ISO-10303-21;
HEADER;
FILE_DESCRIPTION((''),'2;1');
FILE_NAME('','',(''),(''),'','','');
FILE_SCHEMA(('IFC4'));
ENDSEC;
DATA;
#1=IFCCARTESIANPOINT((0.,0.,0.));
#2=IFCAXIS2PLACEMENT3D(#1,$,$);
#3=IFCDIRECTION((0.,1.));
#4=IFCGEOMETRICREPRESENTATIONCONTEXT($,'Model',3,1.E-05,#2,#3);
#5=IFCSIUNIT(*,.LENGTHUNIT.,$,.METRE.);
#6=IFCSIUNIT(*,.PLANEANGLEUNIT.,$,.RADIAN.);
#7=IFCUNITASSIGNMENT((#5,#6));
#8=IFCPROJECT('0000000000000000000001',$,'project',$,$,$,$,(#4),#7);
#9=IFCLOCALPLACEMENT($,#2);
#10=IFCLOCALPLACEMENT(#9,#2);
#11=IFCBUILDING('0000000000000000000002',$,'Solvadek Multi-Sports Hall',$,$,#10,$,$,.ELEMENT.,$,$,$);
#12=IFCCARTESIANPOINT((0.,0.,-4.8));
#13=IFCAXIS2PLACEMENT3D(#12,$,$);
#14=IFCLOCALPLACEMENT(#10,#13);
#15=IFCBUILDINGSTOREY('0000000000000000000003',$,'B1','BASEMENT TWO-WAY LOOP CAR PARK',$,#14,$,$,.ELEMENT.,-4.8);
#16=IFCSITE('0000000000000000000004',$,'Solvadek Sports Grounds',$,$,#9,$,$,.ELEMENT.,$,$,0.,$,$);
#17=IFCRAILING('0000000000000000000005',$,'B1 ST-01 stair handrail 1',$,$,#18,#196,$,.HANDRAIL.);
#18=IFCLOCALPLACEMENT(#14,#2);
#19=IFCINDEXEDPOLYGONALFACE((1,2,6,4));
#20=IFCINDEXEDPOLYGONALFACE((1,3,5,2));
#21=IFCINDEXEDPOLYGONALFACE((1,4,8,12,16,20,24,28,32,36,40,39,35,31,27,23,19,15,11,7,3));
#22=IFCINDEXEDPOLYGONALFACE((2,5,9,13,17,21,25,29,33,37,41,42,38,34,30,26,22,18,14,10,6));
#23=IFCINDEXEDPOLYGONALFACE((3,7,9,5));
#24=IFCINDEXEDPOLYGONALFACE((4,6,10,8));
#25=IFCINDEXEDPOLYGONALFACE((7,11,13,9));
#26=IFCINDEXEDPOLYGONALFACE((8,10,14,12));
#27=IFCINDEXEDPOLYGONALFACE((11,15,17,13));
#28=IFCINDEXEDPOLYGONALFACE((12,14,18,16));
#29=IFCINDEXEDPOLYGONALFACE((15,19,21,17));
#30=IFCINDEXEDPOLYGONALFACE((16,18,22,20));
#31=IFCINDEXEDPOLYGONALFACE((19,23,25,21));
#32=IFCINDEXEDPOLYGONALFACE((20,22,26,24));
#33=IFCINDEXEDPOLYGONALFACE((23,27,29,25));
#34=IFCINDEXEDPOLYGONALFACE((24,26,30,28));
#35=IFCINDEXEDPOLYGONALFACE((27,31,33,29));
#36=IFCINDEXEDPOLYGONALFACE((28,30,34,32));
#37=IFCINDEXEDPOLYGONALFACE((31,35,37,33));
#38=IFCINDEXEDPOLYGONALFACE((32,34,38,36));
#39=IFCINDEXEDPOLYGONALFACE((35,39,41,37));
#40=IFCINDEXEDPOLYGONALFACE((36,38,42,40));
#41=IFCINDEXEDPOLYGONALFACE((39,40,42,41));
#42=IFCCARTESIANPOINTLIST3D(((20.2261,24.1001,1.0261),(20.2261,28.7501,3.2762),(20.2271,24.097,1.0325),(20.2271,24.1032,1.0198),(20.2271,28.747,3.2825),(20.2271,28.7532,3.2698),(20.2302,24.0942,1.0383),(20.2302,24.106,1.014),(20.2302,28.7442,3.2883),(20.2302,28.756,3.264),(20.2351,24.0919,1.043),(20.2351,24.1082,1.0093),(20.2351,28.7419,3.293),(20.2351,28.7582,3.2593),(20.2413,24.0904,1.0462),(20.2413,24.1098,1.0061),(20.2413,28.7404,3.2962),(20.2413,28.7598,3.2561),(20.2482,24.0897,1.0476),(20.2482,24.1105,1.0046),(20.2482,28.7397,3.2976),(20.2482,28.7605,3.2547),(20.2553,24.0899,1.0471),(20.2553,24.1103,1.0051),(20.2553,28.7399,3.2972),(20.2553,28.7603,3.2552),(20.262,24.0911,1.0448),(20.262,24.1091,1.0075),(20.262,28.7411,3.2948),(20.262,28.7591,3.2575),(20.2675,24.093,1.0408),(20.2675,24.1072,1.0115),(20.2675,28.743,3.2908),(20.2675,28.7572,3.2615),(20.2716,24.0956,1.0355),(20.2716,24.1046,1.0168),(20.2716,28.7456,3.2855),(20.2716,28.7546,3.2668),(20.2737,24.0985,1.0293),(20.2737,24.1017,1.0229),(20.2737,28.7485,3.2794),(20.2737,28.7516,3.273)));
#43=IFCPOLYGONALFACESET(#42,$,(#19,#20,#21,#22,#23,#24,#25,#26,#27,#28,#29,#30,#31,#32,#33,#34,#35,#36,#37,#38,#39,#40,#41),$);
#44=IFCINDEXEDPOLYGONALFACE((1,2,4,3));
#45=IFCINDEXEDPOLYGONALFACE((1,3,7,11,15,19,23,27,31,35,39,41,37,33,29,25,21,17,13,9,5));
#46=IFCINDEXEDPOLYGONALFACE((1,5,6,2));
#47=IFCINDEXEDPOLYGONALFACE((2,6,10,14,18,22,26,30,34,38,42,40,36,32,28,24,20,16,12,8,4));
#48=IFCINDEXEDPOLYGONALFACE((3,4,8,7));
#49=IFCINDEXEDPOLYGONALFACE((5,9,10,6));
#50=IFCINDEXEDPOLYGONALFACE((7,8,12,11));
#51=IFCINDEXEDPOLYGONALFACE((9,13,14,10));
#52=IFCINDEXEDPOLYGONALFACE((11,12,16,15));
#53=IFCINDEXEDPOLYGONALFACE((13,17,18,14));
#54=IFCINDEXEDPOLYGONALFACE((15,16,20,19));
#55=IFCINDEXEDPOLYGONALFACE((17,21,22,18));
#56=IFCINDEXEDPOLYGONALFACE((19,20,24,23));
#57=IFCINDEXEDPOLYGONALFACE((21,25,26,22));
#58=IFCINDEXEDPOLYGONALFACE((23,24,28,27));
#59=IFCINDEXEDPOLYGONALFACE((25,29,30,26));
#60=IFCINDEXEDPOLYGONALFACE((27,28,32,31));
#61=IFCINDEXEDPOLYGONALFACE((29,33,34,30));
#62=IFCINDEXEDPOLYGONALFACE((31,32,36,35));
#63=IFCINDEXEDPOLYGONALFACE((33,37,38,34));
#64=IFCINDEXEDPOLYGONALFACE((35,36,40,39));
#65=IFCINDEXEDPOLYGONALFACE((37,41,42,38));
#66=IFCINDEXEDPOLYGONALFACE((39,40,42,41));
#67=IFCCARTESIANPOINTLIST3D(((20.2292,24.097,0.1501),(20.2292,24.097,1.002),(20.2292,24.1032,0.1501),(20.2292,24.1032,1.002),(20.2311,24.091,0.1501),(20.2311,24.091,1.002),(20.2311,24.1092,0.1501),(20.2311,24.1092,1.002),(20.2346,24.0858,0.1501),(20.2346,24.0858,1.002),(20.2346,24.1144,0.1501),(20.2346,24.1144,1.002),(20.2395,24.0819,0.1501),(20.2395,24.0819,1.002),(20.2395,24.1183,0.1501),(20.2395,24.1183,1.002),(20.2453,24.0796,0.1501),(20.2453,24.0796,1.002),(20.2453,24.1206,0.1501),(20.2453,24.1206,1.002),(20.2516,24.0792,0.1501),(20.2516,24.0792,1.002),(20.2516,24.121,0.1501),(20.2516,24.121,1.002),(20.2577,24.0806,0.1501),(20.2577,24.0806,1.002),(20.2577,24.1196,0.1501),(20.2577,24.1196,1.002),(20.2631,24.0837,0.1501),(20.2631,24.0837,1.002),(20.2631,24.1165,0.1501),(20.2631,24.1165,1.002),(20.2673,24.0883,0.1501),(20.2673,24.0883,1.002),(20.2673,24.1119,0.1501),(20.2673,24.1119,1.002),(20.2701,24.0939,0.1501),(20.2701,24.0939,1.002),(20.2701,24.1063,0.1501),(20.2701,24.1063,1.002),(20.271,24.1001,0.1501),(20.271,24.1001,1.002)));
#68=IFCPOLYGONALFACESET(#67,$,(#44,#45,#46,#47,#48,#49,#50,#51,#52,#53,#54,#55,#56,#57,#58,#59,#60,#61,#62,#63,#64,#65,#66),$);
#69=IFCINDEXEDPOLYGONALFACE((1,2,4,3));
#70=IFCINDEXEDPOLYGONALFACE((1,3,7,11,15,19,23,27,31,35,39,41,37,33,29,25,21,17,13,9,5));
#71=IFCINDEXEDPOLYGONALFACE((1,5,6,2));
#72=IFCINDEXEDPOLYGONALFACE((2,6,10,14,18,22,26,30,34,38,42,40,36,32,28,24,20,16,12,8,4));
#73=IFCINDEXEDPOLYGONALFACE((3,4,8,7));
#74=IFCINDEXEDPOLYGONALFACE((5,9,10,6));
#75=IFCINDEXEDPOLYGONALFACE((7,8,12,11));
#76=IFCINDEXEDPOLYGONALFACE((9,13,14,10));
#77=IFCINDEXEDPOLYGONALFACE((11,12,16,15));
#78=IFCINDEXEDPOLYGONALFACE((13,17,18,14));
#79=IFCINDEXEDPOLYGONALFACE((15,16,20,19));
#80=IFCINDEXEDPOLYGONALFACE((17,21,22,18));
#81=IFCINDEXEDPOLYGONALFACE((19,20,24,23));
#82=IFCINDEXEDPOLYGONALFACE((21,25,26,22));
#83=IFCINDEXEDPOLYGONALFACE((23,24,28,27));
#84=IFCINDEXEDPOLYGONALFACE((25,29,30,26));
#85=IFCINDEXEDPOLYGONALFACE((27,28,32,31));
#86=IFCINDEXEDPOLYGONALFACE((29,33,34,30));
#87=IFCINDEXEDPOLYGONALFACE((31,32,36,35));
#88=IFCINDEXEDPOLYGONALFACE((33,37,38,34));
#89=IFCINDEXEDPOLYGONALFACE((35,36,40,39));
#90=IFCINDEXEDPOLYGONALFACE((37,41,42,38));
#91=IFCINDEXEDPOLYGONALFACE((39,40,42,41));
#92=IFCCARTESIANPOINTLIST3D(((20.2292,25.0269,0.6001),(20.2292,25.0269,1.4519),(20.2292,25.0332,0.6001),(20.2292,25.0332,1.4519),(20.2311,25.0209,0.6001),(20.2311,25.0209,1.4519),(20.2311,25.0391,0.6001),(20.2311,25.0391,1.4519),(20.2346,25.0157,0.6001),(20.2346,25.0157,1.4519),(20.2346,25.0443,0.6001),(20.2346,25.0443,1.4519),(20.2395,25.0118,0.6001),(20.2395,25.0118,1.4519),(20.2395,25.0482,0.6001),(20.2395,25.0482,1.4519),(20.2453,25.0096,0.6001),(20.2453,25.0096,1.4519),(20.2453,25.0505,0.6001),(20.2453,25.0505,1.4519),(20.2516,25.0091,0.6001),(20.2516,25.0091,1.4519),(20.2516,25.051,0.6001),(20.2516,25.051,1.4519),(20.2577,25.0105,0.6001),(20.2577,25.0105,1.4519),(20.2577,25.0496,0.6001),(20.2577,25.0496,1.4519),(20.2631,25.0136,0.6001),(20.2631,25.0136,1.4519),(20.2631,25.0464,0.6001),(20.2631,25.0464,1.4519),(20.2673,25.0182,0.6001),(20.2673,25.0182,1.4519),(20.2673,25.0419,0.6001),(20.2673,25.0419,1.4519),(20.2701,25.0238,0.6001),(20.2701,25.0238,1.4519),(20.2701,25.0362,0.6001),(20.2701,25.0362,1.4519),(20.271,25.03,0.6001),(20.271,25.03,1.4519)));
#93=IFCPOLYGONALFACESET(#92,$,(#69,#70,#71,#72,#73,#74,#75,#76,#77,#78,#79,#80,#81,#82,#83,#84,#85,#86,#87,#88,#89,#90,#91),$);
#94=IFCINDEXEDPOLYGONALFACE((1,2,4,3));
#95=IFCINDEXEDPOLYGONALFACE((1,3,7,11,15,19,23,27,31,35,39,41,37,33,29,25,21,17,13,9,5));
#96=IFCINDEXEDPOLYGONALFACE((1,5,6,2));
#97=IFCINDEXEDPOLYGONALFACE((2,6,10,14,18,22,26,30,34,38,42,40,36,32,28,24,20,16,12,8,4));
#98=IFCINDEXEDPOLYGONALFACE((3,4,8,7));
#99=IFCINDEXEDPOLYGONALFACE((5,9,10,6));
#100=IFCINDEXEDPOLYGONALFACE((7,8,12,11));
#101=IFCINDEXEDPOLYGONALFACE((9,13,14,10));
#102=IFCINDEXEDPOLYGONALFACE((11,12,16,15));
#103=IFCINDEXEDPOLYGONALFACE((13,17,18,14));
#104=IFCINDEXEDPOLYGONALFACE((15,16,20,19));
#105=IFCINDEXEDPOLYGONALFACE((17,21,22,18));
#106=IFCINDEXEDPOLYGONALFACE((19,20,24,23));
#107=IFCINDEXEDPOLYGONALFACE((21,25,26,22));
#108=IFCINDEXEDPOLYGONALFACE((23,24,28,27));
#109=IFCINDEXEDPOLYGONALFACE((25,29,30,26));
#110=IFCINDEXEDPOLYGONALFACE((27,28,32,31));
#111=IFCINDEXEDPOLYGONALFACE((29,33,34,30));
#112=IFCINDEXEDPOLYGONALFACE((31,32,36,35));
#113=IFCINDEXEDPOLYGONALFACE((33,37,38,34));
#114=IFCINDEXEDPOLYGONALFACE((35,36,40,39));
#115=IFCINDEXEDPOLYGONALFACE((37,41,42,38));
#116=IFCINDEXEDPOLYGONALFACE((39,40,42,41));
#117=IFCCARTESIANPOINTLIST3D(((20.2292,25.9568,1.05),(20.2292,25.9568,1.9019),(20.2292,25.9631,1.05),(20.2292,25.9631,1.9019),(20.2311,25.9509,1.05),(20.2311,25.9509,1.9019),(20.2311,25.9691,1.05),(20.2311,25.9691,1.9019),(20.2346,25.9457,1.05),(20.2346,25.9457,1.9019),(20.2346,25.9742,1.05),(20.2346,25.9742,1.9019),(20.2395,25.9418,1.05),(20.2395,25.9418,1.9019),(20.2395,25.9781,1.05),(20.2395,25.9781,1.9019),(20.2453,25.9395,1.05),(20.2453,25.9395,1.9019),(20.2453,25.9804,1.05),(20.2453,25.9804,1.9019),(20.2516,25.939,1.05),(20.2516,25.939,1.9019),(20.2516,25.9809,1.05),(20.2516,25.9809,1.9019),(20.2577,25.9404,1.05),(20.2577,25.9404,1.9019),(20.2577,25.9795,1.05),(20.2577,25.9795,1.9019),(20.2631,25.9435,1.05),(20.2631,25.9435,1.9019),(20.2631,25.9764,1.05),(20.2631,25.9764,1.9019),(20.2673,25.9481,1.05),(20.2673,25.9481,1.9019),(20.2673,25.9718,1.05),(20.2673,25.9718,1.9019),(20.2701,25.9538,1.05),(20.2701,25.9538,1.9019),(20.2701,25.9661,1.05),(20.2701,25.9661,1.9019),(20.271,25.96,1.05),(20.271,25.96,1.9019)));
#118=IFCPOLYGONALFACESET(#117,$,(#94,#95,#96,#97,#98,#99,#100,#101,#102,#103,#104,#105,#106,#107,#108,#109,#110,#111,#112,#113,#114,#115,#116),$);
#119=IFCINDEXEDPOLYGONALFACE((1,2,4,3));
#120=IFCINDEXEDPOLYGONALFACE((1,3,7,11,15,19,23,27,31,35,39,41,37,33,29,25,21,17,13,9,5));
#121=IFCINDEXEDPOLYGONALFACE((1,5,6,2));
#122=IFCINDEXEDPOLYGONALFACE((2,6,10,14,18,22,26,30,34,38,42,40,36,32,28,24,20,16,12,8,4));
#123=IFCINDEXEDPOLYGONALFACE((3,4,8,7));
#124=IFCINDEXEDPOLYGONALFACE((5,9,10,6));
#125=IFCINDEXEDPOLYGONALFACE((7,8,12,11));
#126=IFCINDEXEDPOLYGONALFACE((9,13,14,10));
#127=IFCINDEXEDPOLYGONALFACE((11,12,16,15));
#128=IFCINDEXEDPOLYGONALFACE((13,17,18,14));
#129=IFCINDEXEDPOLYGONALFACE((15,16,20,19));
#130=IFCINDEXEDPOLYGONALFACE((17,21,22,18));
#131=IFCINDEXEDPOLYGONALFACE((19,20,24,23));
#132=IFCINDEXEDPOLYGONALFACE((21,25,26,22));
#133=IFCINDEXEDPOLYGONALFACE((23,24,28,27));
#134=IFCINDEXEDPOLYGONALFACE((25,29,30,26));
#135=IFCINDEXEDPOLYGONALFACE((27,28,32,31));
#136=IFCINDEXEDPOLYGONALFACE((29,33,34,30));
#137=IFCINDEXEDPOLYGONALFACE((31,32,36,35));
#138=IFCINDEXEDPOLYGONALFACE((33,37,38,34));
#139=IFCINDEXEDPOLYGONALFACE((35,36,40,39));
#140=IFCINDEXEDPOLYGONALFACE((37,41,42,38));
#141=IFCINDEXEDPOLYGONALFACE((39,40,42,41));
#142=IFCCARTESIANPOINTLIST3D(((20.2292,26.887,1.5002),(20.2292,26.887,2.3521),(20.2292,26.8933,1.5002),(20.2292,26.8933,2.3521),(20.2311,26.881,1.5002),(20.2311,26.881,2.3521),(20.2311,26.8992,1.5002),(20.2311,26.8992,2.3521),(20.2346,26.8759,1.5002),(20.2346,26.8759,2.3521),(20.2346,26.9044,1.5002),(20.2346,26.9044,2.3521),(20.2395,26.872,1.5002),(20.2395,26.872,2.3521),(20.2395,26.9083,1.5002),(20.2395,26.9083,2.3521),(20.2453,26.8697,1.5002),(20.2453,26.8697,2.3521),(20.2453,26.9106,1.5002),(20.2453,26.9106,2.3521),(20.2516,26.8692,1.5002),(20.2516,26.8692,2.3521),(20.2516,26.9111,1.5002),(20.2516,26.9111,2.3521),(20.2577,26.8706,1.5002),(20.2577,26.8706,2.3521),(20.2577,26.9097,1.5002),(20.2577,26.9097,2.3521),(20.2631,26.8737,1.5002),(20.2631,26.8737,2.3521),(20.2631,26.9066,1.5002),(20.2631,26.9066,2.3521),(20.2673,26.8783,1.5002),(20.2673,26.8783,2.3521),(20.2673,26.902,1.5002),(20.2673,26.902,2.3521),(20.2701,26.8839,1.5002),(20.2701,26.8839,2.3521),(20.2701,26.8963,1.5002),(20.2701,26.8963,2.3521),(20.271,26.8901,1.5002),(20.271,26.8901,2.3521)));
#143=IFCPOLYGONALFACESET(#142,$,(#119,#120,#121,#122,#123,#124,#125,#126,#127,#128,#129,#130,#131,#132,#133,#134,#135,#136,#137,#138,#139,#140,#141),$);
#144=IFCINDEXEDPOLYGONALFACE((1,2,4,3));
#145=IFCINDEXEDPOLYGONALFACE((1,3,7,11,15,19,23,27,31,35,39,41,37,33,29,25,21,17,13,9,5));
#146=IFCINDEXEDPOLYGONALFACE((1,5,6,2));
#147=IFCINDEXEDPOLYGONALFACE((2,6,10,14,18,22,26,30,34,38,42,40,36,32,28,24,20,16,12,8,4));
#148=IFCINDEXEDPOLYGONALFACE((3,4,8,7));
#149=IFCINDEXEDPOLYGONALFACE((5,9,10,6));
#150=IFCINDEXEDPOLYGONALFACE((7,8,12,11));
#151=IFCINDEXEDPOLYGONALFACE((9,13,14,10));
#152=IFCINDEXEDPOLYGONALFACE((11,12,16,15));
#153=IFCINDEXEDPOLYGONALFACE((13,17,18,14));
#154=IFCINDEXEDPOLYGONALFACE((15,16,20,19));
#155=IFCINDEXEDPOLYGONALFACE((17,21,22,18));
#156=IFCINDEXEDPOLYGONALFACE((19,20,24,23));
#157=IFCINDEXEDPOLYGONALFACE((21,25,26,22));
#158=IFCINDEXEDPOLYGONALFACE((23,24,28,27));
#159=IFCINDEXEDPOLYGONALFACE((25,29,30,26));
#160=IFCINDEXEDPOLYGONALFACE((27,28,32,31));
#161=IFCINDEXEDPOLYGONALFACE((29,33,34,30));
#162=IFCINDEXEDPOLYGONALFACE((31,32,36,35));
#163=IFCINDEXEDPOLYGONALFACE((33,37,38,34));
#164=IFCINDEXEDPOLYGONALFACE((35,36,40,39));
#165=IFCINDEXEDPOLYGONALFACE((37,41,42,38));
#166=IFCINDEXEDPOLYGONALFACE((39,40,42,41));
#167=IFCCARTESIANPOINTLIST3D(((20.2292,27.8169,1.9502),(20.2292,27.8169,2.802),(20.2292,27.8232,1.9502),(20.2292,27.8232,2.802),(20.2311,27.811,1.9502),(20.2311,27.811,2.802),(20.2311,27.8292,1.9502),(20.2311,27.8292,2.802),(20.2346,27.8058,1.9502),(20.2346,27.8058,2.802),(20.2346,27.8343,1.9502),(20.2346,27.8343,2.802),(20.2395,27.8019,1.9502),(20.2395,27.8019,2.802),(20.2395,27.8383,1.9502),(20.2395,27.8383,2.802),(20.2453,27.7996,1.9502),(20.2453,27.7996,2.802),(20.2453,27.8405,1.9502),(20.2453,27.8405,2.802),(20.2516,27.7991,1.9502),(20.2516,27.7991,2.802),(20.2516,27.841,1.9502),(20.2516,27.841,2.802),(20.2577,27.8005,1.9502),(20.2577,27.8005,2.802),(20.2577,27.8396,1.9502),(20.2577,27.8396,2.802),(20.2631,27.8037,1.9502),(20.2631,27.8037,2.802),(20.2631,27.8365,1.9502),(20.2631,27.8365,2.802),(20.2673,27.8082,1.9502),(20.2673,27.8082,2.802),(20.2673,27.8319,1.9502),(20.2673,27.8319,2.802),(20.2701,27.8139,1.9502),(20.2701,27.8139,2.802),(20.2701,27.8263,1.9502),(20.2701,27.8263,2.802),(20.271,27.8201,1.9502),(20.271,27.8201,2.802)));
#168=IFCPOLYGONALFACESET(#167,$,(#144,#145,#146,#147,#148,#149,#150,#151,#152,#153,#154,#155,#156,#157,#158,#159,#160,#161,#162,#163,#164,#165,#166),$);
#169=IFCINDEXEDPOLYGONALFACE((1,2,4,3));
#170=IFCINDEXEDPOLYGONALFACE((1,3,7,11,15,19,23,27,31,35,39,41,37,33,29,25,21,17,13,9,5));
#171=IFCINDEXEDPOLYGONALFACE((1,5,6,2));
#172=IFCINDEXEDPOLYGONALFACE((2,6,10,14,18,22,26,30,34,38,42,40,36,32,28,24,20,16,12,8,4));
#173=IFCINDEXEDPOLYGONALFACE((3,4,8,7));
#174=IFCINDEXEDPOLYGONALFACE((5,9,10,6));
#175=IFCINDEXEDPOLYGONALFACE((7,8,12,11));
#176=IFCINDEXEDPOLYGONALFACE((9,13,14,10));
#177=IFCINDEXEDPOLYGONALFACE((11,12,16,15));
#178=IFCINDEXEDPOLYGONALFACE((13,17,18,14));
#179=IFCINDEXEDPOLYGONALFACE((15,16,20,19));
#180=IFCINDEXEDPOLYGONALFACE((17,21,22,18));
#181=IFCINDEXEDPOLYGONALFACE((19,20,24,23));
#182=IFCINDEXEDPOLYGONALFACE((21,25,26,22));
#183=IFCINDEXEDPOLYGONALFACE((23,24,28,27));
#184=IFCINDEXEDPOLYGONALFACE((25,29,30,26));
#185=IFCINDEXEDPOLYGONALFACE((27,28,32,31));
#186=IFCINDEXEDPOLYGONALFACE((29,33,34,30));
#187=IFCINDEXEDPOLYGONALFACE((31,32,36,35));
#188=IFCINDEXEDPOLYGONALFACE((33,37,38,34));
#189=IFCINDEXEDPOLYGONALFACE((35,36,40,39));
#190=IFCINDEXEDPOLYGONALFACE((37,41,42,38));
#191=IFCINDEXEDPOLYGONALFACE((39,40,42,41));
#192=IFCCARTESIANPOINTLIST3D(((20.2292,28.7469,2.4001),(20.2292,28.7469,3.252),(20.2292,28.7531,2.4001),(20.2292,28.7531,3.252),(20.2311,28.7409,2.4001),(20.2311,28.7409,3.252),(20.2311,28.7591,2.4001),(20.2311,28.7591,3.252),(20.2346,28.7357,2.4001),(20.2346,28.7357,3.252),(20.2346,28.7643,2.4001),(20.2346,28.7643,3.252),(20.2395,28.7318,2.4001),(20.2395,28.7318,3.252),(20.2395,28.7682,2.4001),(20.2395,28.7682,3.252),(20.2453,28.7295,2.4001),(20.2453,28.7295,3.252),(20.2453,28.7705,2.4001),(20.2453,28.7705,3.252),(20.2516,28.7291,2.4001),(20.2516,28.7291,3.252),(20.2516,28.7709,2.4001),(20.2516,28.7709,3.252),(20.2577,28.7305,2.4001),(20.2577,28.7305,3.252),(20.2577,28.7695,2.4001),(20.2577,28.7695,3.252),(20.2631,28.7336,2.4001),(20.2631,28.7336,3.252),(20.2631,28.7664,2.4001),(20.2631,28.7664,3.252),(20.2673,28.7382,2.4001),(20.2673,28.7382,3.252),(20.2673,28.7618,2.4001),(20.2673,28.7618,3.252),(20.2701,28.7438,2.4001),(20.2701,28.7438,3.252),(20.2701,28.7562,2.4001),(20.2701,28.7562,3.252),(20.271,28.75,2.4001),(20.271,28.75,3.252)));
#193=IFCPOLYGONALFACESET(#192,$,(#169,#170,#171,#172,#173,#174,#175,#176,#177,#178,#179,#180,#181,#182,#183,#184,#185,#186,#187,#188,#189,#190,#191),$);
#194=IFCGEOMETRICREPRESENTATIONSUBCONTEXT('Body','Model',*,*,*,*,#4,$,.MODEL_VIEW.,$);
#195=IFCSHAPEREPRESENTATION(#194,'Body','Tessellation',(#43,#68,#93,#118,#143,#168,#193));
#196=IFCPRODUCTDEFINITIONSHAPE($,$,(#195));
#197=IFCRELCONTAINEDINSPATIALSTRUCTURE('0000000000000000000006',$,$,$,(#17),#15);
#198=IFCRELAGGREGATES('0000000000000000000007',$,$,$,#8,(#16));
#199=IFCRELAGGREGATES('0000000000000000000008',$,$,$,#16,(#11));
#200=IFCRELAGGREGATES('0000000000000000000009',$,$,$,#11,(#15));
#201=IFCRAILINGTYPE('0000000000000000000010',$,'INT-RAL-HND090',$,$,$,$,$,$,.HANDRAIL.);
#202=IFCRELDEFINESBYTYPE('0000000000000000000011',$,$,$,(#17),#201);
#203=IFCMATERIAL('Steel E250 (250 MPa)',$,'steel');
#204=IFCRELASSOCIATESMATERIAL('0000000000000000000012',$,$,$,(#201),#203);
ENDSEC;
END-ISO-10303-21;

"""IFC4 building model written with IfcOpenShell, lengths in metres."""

from ifc_helpers import new_model, si_unit, direction, frame, origin, origin_2d, place, context, subcontext, project, spatial, circle, extrude, material, type_object, element, save


model = new_model("IFC4")

# Units and contexts
model_context = context("Model", 3, precision=1e-05, world=origin(), true_north=direction((0.0, 1.0)))
body_context = subcontext(model_context, "Body", "Model", "MODEL_VIEW")
ifc_project = project(units=[si_unit("LENGTHUNIT", "METRE"), si_unit("PLANEANGLEUNIT", "RADIAN")], contexts=[model_context])

# Site, building, storey
site_placement = place(None, origin())
site = spatial("IfcSite", under=ifc_project, at=site_placement, Name="Solvadek Sports Grounds", CompositionType="ELEMENT", RefElevation=0.0)
building_placement = place(site_placement, origin())
building = spatial("IfcBuilding", under=site, at=building_placement, Name="Solvadek Multi-Sports Hall", CompositionType="ELEMENT")
storey_placement = place(building_placement, frame((0.0, 0.0, -4.8)))
storey = spatial("IfcBuildingStorey", under=building, at=storey_placement, Name="B1", Description="BASEMENT TWO-WAY LOOP CAR PARK", CompositionType="ELEMENT", Elevation=-4.8)

# Shared definitions
ifc_material_1 = material(Name="Steel E250 (250 MPa)", Category="steel")

# Railing
railing_type_1 = type_object("IfcRailingType", Name="INT-RAL-HND090", PredefinedType="HANDRAIL", material=ifc_material_1)
railing_1_placement = place(storey_placement, frame((20.25, 24.1001, 0.1501)))
element("IfcRailing", 1, at=railing_1_placement, inside=storey, type_object=railing_type_1, Name="B1 ST-01 stair handrail 1", PredefinedType="HANDRAIL", context=body_context, shape_type="SweptSolid", body=[
    extrude(circle(Radius=0.0239, at=origin_2d()), frame((0.0, 0.0, 0.876), z_axis=(0.0, 0.900156, 0.435568), x_axis=(-1.0, 0.0, 0.0)), (0.0, 0.0, 1.0), 5.1658),
    extrude(circle(Radius=0.021, at=origin_2d()), origin(), (0.0, 0.0, 1.0), 0.8518),
    extrude(circle(Radius=0.021, at=origin_2d()), frame((0.0, 0.9299, 0.45)), (0.0, 0.0, 1.0), 0.8518),
    extrude(circle(Radius=0.021, at=origin_2d()), frame((0.0, 1.8599, 0.8999)), (0.0, 0.0, 1.0), 0.8518),
    extrude(circle(Radius=0.021, at=origin_2d()), frame((0.0, 2.79, 1.3501)), (0.0, 0.0, 1.0), 0.8518),
    extrude(circle(Radius=0.021, at=origin_2d()), frame((0.0, 3.72, 1.8)), (0.0, 0.0, 1.0), 0.8518),
    extrude(circle(Radius=0.021, at=origin_2d()), frame((0.0, 4.6499, 2.25)), (0.0, 0.0, 1.0), 0.8518),
])

save(model, "model.ifc")
